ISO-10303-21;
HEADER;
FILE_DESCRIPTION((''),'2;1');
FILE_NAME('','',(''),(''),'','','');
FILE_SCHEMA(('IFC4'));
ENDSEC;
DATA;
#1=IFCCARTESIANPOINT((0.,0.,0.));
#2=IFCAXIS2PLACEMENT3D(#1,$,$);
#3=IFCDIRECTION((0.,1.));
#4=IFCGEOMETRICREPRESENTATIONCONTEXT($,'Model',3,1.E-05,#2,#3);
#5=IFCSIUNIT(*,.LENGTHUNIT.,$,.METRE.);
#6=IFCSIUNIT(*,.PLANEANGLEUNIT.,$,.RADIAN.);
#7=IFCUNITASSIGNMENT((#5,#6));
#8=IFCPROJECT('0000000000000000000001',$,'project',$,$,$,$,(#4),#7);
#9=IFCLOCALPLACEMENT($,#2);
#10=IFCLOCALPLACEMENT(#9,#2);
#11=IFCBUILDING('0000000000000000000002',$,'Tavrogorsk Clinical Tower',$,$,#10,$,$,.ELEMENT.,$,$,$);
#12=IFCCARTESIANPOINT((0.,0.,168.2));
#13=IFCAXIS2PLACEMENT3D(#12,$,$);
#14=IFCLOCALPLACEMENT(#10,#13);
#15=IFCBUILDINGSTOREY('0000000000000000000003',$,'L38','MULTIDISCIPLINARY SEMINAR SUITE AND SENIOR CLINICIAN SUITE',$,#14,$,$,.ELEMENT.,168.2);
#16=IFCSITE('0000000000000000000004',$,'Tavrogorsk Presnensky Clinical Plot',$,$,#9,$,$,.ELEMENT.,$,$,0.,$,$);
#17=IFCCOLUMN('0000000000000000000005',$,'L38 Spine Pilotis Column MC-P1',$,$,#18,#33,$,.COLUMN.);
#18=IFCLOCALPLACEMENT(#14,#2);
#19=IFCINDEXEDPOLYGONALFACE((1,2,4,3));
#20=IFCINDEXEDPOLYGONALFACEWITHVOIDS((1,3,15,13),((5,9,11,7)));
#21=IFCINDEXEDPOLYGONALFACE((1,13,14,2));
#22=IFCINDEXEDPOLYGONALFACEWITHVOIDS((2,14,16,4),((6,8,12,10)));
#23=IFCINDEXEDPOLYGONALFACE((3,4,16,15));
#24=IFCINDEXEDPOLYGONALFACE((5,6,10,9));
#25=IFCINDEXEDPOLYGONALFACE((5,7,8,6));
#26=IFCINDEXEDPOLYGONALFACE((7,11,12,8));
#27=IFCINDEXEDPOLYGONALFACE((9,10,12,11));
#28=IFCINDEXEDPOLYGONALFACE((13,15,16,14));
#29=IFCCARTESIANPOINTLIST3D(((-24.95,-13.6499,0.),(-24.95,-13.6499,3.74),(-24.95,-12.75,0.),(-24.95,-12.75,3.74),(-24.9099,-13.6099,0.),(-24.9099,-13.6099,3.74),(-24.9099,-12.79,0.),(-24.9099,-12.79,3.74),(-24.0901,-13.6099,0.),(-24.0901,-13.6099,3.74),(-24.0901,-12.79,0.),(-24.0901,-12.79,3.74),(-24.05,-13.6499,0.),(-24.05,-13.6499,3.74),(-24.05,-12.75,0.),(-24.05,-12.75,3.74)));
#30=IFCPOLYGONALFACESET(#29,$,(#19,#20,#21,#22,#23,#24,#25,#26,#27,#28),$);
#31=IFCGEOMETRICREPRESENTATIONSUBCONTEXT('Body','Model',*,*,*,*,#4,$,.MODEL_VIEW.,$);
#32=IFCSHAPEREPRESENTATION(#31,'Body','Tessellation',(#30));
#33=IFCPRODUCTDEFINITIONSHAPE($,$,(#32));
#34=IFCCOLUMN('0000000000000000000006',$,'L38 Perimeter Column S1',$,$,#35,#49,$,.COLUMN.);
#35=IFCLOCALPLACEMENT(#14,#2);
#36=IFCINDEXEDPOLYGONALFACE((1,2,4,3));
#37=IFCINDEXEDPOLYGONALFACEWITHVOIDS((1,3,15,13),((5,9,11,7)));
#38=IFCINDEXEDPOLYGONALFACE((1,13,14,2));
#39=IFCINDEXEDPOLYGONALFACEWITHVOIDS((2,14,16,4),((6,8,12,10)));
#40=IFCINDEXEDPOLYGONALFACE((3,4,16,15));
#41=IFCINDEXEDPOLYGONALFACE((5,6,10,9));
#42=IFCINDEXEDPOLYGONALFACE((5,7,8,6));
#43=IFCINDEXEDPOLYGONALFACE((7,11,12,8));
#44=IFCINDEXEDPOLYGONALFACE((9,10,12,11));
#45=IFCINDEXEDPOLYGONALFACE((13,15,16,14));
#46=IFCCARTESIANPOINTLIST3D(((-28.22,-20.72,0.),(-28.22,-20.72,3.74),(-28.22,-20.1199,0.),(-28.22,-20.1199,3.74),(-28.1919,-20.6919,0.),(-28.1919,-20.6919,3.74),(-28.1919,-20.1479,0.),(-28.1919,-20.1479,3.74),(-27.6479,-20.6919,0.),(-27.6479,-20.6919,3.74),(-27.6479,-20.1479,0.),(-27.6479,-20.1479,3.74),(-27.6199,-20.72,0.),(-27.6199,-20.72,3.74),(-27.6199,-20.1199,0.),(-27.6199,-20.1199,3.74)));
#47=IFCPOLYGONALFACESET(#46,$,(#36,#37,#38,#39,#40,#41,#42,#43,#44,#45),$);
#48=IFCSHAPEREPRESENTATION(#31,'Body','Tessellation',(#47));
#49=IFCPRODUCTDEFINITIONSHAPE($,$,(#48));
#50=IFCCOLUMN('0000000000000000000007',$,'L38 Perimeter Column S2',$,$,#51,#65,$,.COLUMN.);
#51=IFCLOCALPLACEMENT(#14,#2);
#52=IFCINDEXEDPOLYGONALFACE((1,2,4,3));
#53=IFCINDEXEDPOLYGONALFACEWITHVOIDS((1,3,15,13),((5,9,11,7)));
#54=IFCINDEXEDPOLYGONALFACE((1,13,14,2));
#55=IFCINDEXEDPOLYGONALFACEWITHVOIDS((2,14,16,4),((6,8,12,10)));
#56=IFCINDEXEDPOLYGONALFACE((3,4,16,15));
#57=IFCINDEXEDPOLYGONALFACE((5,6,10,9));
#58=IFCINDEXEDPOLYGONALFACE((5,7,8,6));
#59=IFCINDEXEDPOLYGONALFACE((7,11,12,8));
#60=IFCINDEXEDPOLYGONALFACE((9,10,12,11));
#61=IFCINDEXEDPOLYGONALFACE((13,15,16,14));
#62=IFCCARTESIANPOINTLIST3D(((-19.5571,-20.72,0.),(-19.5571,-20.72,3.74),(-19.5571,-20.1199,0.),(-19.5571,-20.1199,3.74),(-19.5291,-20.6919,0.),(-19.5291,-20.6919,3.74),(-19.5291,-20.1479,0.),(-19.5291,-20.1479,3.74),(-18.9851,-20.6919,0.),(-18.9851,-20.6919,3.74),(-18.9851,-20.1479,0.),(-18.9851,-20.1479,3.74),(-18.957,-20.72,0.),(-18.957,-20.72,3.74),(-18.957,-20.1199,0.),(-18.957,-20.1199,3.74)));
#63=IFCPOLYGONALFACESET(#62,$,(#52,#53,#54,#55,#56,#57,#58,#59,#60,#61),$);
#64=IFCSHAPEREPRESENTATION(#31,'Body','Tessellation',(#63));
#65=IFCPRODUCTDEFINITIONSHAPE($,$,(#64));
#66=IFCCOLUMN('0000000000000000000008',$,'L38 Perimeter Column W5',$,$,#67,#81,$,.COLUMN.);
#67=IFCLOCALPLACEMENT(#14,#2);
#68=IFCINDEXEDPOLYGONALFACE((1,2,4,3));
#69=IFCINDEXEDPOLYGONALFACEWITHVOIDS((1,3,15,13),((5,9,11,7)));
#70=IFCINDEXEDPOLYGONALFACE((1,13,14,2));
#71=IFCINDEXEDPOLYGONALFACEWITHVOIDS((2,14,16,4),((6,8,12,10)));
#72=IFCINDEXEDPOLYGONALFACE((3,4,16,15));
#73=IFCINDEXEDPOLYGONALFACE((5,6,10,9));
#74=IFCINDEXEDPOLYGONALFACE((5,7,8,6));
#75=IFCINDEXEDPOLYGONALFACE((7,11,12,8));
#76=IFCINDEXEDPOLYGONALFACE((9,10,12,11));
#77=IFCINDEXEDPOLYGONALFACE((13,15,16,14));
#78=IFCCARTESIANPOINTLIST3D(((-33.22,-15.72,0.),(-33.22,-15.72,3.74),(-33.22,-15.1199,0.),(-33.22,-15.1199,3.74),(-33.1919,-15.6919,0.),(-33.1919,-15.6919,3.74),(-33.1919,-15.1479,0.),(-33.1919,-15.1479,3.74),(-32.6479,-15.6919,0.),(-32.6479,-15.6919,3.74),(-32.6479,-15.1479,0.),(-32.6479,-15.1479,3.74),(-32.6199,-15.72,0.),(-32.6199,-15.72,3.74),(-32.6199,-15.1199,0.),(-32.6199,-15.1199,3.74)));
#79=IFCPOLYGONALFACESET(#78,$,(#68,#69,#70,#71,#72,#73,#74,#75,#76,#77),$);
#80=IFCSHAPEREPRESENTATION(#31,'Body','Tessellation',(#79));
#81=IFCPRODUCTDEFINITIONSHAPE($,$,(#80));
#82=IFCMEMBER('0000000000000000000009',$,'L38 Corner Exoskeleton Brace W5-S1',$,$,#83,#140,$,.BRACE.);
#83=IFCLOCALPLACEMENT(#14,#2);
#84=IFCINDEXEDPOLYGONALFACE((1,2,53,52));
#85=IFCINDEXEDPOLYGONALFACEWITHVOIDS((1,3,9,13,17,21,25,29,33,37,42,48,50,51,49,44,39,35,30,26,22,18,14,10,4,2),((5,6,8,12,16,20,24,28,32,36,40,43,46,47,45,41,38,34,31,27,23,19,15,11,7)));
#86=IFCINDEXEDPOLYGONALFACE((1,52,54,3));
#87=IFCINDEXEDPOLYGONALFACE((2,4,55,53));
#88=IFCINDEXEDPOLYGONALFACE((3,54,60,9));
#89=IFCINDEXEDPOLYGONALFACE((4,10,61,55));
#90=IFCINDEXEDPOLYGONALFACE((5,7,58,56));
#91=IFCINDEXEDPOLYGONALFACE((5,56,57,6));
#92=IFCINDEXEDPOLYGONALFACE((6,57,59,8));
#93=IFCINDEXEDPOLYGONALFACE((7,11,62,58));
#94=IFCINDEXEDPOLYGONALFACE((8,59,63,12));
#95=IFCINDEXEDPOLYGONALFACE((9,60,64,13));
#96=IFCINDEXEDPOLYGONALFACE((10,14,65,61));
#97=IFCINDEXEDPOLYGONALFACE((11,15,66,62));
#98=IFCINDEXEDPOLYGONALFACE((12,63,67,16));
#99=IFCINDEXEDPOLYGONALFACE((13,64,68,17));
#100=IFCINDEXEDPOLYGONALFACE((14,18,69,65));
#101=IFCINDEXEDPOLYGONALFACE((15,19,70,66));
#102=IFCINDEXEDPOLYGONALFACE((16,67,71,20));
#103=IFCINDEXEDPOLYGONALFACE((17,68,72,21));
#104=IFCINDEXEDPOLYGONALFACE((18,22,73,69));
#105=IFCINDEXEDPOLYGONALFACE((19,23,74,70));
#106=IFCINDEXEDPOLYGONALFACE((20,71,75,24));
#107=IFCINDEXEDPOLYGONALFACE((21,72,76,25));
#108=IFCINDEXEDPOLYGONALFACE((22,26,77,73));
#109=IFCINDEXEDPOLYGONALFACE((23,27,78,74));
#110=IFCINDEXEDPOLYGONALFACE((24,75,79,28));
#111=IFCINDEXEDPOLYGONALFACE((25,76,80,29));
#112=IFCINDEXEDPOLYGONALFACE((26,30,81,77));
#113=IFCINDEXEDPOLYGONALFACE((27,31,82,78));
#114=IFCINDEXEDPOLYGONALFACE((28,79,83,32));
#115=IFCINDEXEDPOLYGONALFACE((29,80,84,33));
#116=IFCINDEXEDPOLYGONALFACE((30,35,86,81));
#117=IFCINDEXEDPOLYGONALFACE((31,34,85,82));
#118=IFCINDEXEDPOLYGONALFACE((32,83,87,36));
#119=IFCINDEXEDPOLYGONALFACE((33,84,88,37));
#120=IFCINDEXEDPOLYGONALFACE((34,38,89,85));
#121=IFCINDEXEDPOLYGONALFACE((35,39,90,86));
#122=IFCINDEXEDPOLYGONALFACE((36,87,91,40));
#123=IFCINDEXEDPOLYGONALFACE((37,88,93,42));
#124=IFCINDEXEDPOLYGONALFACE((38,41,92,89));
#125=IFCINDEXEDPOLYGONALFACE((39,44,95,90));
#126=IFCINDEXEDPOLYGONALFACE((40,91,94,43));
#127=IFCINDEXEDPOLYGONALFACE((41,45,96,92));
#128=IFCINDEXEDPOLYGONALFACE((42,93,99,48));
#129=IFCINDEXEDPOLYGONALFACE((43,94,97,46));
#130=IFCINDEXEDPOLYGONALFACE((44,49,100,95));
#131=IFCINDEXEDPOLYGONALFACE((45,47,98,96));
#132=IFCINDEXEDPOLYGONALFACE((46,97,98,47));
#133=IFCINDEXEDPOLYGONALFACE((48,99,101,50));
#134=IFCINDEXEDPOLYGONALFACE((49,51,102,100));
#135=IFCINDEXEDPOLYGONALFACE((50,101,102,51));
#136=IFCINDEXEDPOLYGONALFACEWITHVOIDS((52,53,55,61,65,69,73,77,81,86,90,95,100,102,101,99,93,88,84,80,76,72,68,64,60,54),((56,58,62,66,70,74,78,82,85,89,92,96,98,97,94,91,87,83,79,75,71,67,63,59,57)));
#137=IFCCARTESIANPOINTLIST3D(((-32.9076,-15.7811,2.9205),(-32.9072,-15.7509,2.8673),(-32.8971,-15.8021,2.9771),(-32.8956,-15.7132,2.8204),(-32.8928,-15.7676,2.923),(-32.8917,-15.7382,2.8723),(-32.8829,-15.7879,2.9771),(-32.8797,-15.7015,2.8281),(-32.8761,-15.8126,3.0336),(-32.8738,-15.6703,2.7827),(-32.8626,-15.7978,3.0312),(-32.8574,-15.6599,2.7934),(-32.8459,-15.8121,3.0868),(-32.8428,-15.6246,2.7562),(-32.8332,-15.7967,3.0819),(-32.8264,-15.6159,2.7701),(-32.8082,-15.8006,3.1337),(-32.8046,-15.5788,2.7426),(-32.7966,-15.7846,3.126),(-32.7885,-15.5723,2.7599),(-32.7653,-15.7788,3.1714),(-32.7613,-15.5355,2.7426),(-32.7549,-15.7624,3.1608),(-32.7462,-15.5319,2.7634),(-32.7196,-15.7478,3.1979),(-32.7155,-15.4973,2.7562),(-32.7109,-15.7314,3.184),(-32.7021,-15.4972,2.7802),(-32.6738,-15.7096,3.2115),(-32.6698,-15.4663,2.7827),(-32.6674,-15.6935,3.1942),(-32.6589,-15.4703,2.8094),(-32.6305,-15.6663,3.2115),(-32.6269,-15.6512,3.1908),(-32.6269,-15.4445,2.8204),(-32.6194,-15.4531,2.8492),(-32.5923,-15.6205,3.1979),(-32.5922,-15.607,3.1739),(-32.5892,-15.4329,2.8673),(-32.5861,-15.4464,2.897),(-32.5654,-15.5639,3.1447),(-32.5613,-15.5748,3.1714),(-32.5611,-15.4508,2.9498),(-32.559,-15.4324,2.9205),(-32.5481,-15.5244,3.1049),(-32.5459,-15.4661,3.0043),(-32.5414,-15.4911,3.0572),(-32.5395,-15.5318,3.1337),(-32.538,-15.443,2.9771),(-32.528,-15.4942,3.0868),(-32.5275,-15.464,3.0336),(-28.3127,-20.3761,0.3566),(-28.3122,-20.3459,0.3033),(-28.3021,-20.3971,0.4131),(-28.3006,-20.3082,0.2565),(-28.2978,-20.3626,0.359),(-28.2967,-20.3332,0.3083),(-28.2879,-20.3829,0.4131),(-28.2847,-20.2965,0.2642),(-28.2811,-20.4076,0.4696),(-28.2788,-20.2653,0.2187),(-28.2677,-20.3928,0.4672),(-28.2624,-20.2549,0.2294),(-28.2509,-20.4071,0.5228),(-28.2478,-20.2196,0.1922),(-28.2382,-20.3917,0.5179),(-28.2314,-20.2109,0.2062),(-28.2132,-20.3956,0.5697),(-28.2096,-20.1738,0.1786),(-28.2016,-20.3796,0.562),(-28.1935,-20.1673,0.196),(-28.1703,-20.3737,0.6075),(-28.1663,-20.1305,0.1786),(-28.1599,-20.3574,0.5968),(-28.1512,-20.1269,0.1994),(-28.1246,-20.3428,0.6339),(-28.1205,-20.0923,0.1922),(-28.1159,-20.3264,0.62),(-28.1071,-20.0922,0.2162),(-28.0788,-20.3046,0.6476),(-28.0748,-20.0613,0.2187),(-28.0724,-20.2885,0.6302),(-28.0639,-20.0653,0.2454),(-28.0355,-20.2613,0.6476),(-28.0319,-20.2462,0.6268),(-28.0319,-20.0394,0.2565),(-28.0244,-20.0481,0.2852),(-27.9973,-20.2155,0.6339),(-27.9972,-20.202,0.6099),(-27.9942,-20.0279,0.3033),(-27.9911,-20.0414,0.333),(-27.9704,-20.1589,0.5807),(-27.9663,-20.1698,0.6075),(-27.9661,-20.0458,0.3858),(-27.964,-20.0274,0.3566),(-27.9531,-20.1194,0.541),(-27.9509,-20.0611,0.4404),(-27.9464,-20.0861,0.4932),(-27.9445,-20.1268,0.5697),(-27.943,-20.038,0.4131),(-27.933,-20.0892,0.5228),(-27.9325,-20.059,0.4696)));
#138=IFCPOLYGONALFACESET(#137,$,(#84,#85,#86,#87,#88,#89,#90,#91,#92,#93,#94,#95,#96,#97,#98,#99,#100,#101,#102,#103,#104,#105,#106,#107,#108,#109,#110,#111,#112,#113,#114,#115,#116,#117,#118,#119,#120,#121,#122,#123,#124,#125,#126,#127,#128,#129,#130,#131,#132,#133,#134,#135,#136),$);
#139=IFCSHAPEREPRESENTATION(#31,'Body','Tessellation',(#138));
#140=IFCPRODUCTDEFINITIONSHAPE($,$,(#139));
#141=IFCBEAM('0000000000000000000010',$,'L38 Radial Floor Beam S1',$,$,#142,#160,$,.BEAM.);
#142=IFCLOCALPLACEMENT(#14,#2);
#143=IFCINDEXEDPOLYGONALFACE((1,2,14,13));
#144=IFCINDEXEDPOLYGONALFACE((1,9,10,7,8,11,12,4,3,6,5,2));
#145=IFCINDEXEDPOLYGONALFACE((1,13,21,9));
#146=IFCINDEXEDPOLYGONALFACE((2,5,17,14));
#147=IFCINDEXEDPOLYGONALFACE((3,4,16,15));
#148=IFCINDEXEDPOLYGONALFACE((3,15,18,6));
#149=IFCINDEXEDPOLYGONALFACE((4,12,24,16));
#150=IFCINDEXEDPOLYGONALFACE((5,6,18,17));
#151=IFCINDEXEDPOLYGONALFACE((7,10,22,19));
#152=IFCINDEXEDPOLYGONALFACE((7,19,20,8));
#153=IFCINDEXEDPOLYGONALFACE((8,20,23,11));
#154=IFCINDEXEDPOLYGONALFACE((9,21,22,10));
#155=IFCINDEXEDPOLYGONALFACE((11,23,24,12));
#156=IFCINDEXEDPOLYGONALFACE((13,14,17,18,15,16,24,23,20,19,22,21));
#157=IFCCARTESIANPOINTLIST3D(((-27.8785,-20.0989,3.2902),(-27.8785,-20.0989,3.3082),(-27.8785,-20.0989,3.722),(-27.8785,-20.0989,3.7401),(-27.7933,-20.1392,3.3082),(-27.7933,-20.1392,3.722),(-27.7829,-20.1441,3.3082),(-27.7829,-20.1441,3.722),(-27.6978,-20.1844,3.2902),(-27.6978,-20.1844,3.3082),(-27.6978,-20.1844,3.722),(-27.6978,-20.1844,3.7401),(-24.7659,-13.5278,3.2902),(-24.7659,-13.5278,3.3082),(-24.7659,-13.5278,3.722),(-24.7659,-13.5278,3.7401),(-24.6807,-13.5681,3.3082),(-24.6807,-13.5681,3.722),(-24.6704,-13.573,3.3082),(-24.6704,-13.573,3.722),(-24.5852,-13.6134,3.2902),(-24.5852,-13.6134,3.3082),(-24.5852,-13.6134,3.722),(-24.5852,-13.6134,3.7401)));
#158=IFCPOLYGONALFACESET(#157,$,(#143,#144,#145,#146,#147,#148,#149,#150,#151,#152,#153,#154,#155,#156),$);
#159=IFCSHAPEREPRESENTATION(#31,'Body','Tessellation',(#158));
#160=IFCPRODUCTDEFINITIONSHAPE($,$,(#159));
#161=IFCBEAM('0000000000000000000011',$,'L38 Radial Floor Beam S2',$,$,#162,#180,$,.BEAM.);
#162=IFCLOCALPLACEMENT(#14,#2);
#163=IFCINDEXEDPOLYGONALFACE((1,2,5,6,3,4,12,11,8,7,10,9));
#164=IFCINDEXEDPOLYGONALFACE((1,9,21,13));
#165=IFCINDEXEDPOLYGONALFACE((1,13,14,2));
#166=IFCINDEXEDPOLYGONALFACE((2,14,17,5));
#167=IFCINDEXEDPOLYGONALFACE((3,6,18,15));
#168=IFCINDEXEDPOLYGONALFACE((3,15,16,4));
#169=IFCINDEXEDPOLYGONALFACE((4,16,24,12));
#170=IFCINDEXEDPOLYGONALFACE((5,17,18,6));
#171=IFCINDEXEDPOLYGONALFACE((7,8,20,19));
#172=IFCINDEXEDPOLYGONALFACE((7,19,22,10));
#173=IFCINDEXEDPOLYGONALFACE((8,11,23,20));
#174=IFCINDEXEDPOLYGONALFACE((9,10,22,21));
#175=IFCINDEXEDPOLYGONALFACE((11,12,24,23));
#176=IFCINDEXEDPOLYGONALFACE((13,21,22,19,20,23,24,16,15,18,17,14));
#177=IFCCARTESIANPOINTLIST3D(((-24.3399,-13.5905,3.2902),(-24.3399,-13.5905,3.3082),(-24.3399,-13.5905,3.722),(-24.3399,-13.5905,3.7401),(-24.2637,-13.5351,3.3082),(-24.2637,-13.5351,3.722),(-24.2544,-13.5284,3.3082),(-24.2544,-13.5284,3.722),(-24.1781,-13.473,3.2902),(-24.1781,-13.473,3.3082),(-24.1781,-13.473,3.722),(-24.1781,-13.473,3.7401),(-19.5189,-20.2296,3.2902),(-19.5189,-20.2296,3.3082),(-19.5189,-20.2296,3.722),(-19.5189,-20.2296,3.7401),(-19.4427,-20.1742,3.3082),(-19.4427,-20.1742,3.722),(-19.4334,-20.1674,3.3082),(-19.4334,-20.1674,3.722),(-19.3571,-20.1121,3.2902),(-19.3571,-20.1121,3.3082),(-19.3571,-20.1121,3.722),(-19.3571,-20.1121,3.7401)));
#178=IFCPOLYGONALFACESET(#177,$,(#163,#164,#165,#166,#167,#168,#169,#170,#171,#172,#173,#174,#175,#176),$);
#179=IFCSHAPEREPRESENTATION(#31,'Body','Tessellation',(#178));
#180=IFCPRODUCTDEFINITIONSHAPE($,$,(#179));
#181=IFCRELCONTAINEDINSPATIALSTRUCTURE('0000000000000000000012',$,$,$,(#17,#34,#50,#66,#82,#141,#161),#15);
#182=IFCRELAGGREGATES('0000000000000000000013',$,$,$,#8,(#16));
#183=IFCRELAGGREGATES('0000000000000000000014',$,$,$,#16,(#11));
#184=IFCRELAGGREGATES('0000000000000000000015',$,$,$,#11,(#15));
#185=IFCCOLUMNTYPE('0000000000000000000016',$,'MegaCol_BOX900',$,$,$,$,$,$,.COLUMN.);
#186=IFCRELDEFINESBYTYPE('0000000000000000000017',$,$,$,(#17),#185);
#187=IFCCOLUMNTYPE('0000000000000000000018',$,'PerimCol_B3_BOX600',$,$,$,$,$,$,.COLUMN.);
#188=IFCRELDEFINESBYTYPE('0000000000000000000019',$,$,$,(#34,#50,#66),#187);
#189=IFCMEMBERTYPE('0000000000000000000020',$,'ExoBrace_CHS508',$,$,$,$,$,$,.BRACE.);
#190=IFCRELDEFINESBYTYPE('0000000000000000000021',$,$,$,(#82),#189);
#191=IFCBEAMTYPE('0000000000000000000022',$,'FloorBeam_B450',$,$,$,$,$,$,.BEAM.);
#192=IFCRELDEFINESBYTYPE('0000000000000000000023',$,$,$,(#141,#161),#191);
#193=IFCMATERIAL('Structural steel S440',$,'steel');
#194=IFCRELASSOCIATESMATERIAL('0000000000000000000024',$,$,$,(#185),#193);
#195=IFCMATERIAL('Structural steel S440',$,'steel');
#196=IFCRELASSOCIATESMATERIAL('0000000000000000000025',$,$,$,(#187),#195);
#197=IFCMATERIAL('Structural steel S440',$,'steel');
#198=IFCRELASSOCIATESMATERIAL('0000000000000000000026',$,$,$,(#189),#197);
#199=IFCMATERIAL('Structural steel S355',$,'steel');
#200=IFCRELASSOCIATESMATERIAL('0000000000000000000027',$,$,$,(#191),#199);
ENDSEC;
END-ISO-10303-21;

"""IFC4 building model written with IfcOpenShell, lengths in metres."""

from ifc_helpers import new_model, si_unit, direction, frame, origin, origin_2d, place, context, subcontext, project, spatial, hollow_rectangle, hollow_circle, i_section, extrude, material, material_profile, profile_set, type_object, element, save


model = new_model("IFC4")

# Units and contexts
model_context = context("Model", 3, precision=1e-05, world=origin(), true_north=direction((0.0, 1.0)))
body_context = subcontext(model_context, "Body", "Model", "MODEL_VIEW")
ifc_project = project(units=[si_unit("LENGTHUNIT", "METRE"), si_unit("PLANEANGLEUNIT", "RADIAN")], contexts=[model_context])

# Site, building, storey
site_placement = place(None, origin())
site = spatial("IfcSite", under=ifc_project, at=site_placement, Name="Tavrogorsk Presnensky Clinical Plot", CompositionType="ELEMENT", RefElevation=0.0)
building_placement = place(site_placement, origin())
building = spatial("IfcBuilding", under=site, at=building_placement, Name="Tavrogorsk Clinical Tower", CompositionType="ELEMENT")
storey_placement = place(building_placement, frame((0.0, 0.0, 168.2)))
storey = spatial("IfcBuildingStorey", under=building, at=storey_placement, Name="L38", Description="MULTIDISCIPLINARY SEMINAR SUITE AND SENIOR CLINICIAN SUITE", CompositionType="ELEMENT", Elevation=168.2)

# Columns
ifc_material_1 = material(Name="Structural steel S440", Category="steel")
ifc_material_profile_1 = material_profile(ifc_material_1, hollow_rectangle(XDim=0.8999, YDim=0.8999, WallThickness=0.04, at=origin_2d()), Name="BOX-900x900x40")
ifc_profile_set_1 = profile_set([ifc_material_profile_1], Name="Structural steel S440")
column_type_1 = type_object("IfcColumnType", Name="MegaCol_BOX900", PredefinedType="COLUMN", material=ifc_profile_set_1)
column_placement = place(storey_placement, frame((-24.5, -13.2, 0.0), z_axis=(0.0, 0.0, 1.0), x_axis=(1.0, 0.0, 0.0)))
element("IfcColumn", 1, at=column_placement, inside=storey, type_object=column_type_1, Name="L38 Spine Pilotis Column MC-P1", PredefinedType="COLUMN", context=body_context, shape_type="SweptSolid", body=[
    extrude(hollow_rectangle(XDim=0.8999, YDim=0.8999, WallThickness=0.04, at=origin_2d()), origin(), (0.0, 0.0, 1.0), 3.74),
])
ifc_material_2 = material(Name="Structural steel S440", Category="steel")
ifc_material_profile_2 = material_profile(ifc_material_2, hollow_rectangle(XDim=0.6001, YDim=0.6001, WallThickness=0.0281, at=origin_2d()), Name="BOX-600x600x28")
ifc_profile_set_2 = profile_set([ifc_material_profile_2], Name="Structural steel S440")
column_type_2 = type_object("IfcColumnType", Name="PerimCol_B3_BOX600", PredefinedType="COLUMN", material=ifc_profile_set_2)
for number, where, z_axis, x_axis, name in (
    (2, (-27.9199, -20.4199, 0.0), (0.0, 0.0, 1.0), (1.0, 0.0, 0.0), "L38 Perimeter Column S1"),
    (3, (-19.2571, -20.4199, 0.0), (0.0, 0.0, 1.0), (1.0, 0.0, 0.0), "L38 Perimeter Column S2"),
    (4, (-32.9199, -15.4199, 0.0), (0.0, 0.0, 1.0), (1.0, 0.0, 0.0), "L38 Perimeter Column W5"),
):
    element("IfcColumn", number, at=place(storey_placement, frame(where, z_axis=z_axis, x_axis=x_axis)), inside=storey, type_object=column_type_2, Name=name, PredefinedType="COLUMN", context=body_context, shape_type="SweptSolid", body=[
        extrude(hollow_rectangle(XDim=0.6001, YDim=0.6001, WallThickness=0.0281, at=origin_2d()), origin(), (0.0, 0.0, 1.0), 3.74),
    ])

# Member
ifc_material_3 = material(Name="Structural steel S440", Category="steel")
ifc_material_profile_3 = material_profile(ifc_material_3, hollow_circle(Radius=0.2539, WallThickness=0.02, at=origin_2d()), Name="CHS-508x20")
ifc_profile_set_3 = profile_set([ifc_material_profile_3], Name="Structural steel S440")
member_type_1 = type_object("IfcMemberType", Name="ExoBrace_CHS508", PredefinedType="BRACE", material=ifc_profile_set_3)
member_1_placement = place(storey_placement, frame((-28.1226, -20.2175, 0.4131), z_axis=(-0.657759, 0.657759, 0.367025), x_axis=(-0.707107, -0.707107, 0.0)))
element("IfcMember", 5, at=member_1_placement, inside=storey, type_object=member_type_1, Name="L38 Corner Exoskeleton Brace W5-S1", PredefinedType="BRACE", context=body_context, shape_type="SweptSolid", body=[
    extrude(hollow_circle(Radius=0.2539, WallThickness=0.02, at=origin_2d()), origin(), (0.0, 0.0, 1.0), 6.9858),
])

# Beams
ifc_material_4 = material(Name="Structural steel S355", Category="steel")
ifc_material_profile_4 = material_profile(ifc_material_4, i_section(OverallWidth=0.2, OverallDepth=0.45, WebThickness=0.0115, FlangeThickness=0.0181, at=origin_2d()), Name="B-450x200x11.5x18")
ifc_profile_set_4 = profile_set([ifc_material_profile_4], Name="Structural steel S355")
beam_type_1 = type_object("IfcBeamType", Name="FloorBeam_B450", PredefinedType="BEAM", material=ifc_profile_set_4)
beam_1_placement = place(storey_placement, frame((-24.6755, -13.5706, 3.5151), z_axis=(-0.428081, -0.903741, 0.0), x_axis=(0.903741, -0.428081, 0.0)))
element("IfcBeam", 6, at=beam_1_placement, inside=storey, type_object=beam_type_1, Name="L38 Radial Floor Beam S1", PredefinedType="BEAM", context=body_context, shape_type="SweptSolid", body=[
    extrude(i_section(OverallWidth=0.2, OverallDepth=0.45, WebThickness=0.0115, FlangeThickness=0.0181, at=origin_2d()), origin(), (0.0, 0.0, 1.0), 7.271),
])
beam_2_placement = place(storey_placement, frame((-24.259, -13.5317, 3.5151), z_axis=(0.587579, -0.809167, 0.0), x_axis=(0.809167, 0.587579, 0.0)))
element("IfcBeam", 7, at=beam_2_placement, inside=storey, type_object=beam_type_1, Name="L38 Radial Floor Beam S2", PredefinedType="BEAM", context=body_context, shape_type="SweptSolid", body=[
    extrude(i_section(OverallWidth=0.2, OverallDepth=0.45, WebThickness=0.0115, FlangeThickness=0.0181, at=origin_2d()), origin(), (0.0, 0.0, 1.0), 8.2048),
])

save(model, "model.ifc")
